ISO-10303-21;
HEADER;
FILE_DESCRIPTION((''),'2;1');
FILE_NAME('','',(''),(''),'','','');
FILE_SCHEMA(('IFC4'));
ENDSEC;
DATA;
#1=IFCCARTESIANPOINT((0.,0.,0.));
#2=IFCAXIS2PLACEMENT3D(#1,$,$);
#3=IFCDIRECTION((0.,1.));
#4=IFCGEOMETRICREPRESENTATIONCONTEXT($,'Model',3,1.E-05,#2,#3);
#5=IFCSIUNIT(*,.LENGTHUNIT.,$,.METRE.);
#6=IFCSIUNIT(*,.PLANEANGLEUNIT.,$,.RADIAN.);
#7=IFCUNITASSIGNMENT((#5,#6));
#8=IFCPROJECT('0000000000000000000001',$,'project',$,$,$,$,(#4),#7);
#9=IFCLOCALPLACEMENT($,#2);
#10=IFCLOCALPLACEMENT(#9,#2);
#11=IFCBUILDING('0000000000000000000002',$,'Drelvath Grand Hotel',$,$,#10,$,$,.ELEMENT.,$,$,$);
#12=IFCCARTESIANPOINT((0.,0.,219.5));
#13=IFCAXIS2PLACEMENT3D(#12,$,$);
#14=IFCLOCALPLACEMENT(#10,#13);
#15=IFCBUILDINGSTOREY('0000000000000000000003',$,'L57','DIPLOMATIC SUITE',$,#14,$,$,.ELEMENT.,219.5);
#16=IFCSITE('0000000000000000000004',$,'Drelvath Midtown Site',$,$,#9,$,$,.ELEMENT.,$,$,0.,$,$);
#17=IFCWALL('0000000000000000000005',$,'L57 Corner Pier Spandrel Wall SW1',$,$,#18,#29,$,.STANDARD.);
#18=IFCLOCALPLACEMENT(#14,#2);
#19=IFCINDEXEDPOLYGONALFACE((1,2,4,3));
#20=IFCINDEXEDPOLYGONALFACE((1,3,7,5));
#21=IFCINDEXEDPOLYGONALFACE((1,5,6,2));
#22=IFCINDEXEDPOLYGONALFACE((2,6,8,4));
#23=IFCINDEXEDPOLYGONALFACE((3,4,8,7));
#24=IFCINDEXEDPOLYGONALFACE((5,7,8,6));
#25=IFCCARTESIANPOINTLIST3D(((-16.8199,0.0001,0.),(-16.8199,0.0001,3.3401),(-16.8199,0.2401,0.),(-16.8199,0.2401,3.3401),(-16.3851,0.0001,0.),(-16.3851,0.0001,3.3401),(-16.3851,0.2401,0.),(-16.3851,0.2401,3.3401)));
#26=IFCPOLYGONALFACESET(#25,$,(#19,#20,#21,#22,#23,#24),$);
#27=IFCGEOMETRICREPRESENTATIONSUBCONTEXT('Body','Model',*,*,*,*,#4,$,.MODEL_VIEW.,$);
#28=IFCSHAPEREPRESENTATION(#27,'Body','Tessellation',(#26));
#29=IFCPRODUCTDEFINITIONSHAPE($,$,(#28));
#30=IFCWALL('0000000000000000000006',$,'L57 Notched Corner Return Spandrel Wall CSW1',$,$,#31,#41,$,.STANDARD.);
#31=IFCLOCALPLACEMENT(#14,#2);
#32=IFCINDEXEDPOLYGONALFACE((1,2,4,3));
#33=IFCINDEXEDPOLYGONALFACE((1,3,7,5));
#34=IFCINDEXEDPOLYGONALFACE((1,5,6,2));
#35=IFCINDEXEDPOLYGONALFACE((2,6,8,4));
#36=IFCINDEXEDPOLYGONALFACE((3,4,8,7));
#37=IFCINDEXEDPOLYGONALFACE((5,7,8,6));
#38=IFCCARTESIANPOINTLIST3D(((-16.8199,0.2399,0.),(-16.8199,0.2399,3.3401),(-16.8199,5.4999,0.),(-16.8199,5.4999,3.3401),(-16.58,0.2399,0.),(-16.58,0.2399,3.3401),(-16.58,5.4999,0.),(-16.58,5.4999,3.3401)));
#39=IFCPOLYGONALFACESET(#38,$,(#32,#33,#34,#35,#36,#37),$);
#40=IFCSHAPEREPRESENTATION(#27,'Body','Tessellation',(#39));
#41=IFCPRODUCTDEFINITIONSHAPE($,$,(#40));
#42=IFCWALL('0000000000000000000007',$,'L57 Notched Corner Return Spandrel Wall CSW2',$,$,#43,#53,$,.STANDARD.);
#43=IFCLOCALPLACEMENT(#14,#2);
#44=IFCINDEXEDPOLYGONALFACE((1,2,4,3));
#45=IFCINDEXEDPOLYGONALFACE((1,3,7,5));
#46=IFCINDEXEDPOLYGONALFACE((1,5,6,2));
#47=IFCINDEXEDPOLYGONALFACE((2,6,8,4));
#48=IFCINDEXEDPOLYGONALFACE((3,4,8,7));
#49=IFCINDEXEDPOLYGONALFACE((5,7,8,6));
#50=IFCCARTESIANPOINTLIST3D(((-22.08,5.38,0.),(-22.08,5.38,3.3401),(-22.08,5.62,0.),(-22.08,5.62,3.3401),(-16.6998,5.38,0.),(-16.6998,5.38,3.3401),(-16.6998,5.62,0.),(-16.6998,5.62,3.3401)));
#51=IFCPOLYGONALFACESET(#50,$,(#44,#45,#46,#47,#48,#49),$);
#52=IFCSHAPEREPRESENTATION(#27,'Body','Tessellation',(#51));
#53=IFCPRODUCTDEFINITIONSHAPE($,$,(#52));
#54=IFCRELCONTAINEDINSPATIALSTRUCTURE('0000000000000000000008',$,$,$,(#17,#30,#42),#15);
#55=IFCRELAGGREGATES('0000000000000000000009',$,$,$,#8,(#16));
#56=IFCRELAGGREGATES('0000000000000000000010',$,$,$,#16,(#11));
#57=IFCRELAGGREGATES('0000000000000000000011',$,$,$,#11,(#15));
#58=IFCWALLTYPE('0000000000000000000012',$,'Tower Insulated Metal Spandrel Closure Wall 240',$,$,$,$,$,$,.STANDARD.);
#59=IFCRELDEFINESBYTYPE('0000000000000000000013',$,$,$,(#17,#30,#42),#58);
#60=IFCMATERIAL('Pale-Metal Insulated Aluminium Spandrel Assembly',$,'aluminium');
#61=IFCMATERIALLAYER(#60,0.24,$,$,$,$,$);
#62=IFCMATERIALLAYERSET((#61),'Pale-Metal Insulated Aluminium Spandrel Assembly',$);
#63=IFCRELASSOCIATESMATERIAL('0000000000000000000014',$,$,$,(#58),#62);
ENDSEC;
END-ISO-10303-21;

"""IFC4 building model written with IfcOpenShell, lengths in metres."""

from ifc_helpers import new_model, si_unit, direction, frame, frame_2d, origin, place, context, subcontext, project, spatial, rectangle, extrude, material, layer, layer_set, type_object, element, save


model = new_model("IFC4")

# Units and contexts
model_context = context("Model", 3, precision=1e-05, world=origin(), true_north=direction((0.0, 1.0)))
body_context = subcontext(model_context, "Body", "Model", "MODEL_VIEW")
ifc_project = project(units=[si_unit("LENGTHUNIT", "METRE"), si_unit("PLANEANGLEUNIT", "RADIAN")], contexts=[model_context])

# Site, building, storey
site_placement = place(None, origin())
site = spatial("IfcSite", under=ifc_project, at=site_placement, Name="Drelvath Midtown Site", CompositionType="ELEMENT", RefElevation=0.0)
building_placement = place(site_placement, origin())
building = spatial("IfcBuilding", under=site, at=building_placement, Name="Drelvath Grand Hotel", CompositionType="ELEMENT")
storey_placement = place(building_placement, frame((0.0, 0.0, 219.5)))
storey = spatial("IfcBuildingStorey", under=building, at=storey_placement, Name="L57", Description="DIPLOMATIC SUITE", CompositionType="ELEMENT", Elevation=219.5)

# Walls
ifc_material_1 = material(Name="Pale-Metal Insulated Aluminium Spandrel Assembly", Category="aluminium")
ifc_layer_1 = layer(ifc_material_1, 0.24)
ifc_layer_set_1 = layer_set([ifc_layer_1], Name="Pale-Metal Insulated Aluminium Spandrel Assembly")
wall_type_1 = type_object("IfcWallType", Name="Tower Insulated Metal Spandrel Closure Wall 240", PredefinedType="STANDARD", material=ifc_layer_set_1)
wall_1_placement = place(storey_placement, frame((-16.3853, 0.1201, 0.0), z_axis=(0.0, 0.0, 1.0), x_axis=(-1.0, 0.0, 0.0)))
element("IfcWall", 1, at=wall_1_placement, inside=storey, type_object=wall_type_1, Name="L57 Corner Pier Spandrel Wall SW1", PredefinedType="STANDARD", context=body_context, shape_type="SweptSolid", body=[
    extrude(rectangle(XDim=0.4348, YDim=0.24, at=frame_2d((0.2173, 0.0))), origin(), (0.0, 0.0, 1.0), 3.3401),
])
wall_2_placement = place(storey_placement, frame((-16.7, 0.24, 0.0), z_axis=(0.0, 0.0, 1.0), x_axis=(0.0, 1.0, 0.0)))
element("IfcWall", 2, at=wall_2_placement, inside=storey, type_object=wall_type_1, Name="L57 Notched Corner Return Spandrel Wall CSW1", PredefinedType="STANDARD", context=body_context, shape_type="SweptSolid", body=[
    extrude(rectangle(XDim=5.26, YDim=0.24, at=frame_2d((2.6299, 0.0))), origin(), (0.0, 0.0, 1.0), 3.3401),
])
wall_3_placement = place(storey_placement, frame((-16.7, 5.5, 0.0), z_axis=(0.0, 0.0, 1.0), x_axis=(-1.0, 0.0, 0.0)))
element("IfcWall", 3, at=wall_3_placement, inside=storey, type_object=wall_type_1, Name="L57 Notched Corner Return Spandrel Wall CSW2", PredefinedType="STANDARD", context=body_context, shape_type="SweptSolid", body=[
    extrude(rectangle(XDim=5.3801, YDim=0.24, at=frame_2d((2.6899, 0.0))), origin(), (0.0, 0.0, 1.0), 3.3401),
])

save(model, "model.ifc")
